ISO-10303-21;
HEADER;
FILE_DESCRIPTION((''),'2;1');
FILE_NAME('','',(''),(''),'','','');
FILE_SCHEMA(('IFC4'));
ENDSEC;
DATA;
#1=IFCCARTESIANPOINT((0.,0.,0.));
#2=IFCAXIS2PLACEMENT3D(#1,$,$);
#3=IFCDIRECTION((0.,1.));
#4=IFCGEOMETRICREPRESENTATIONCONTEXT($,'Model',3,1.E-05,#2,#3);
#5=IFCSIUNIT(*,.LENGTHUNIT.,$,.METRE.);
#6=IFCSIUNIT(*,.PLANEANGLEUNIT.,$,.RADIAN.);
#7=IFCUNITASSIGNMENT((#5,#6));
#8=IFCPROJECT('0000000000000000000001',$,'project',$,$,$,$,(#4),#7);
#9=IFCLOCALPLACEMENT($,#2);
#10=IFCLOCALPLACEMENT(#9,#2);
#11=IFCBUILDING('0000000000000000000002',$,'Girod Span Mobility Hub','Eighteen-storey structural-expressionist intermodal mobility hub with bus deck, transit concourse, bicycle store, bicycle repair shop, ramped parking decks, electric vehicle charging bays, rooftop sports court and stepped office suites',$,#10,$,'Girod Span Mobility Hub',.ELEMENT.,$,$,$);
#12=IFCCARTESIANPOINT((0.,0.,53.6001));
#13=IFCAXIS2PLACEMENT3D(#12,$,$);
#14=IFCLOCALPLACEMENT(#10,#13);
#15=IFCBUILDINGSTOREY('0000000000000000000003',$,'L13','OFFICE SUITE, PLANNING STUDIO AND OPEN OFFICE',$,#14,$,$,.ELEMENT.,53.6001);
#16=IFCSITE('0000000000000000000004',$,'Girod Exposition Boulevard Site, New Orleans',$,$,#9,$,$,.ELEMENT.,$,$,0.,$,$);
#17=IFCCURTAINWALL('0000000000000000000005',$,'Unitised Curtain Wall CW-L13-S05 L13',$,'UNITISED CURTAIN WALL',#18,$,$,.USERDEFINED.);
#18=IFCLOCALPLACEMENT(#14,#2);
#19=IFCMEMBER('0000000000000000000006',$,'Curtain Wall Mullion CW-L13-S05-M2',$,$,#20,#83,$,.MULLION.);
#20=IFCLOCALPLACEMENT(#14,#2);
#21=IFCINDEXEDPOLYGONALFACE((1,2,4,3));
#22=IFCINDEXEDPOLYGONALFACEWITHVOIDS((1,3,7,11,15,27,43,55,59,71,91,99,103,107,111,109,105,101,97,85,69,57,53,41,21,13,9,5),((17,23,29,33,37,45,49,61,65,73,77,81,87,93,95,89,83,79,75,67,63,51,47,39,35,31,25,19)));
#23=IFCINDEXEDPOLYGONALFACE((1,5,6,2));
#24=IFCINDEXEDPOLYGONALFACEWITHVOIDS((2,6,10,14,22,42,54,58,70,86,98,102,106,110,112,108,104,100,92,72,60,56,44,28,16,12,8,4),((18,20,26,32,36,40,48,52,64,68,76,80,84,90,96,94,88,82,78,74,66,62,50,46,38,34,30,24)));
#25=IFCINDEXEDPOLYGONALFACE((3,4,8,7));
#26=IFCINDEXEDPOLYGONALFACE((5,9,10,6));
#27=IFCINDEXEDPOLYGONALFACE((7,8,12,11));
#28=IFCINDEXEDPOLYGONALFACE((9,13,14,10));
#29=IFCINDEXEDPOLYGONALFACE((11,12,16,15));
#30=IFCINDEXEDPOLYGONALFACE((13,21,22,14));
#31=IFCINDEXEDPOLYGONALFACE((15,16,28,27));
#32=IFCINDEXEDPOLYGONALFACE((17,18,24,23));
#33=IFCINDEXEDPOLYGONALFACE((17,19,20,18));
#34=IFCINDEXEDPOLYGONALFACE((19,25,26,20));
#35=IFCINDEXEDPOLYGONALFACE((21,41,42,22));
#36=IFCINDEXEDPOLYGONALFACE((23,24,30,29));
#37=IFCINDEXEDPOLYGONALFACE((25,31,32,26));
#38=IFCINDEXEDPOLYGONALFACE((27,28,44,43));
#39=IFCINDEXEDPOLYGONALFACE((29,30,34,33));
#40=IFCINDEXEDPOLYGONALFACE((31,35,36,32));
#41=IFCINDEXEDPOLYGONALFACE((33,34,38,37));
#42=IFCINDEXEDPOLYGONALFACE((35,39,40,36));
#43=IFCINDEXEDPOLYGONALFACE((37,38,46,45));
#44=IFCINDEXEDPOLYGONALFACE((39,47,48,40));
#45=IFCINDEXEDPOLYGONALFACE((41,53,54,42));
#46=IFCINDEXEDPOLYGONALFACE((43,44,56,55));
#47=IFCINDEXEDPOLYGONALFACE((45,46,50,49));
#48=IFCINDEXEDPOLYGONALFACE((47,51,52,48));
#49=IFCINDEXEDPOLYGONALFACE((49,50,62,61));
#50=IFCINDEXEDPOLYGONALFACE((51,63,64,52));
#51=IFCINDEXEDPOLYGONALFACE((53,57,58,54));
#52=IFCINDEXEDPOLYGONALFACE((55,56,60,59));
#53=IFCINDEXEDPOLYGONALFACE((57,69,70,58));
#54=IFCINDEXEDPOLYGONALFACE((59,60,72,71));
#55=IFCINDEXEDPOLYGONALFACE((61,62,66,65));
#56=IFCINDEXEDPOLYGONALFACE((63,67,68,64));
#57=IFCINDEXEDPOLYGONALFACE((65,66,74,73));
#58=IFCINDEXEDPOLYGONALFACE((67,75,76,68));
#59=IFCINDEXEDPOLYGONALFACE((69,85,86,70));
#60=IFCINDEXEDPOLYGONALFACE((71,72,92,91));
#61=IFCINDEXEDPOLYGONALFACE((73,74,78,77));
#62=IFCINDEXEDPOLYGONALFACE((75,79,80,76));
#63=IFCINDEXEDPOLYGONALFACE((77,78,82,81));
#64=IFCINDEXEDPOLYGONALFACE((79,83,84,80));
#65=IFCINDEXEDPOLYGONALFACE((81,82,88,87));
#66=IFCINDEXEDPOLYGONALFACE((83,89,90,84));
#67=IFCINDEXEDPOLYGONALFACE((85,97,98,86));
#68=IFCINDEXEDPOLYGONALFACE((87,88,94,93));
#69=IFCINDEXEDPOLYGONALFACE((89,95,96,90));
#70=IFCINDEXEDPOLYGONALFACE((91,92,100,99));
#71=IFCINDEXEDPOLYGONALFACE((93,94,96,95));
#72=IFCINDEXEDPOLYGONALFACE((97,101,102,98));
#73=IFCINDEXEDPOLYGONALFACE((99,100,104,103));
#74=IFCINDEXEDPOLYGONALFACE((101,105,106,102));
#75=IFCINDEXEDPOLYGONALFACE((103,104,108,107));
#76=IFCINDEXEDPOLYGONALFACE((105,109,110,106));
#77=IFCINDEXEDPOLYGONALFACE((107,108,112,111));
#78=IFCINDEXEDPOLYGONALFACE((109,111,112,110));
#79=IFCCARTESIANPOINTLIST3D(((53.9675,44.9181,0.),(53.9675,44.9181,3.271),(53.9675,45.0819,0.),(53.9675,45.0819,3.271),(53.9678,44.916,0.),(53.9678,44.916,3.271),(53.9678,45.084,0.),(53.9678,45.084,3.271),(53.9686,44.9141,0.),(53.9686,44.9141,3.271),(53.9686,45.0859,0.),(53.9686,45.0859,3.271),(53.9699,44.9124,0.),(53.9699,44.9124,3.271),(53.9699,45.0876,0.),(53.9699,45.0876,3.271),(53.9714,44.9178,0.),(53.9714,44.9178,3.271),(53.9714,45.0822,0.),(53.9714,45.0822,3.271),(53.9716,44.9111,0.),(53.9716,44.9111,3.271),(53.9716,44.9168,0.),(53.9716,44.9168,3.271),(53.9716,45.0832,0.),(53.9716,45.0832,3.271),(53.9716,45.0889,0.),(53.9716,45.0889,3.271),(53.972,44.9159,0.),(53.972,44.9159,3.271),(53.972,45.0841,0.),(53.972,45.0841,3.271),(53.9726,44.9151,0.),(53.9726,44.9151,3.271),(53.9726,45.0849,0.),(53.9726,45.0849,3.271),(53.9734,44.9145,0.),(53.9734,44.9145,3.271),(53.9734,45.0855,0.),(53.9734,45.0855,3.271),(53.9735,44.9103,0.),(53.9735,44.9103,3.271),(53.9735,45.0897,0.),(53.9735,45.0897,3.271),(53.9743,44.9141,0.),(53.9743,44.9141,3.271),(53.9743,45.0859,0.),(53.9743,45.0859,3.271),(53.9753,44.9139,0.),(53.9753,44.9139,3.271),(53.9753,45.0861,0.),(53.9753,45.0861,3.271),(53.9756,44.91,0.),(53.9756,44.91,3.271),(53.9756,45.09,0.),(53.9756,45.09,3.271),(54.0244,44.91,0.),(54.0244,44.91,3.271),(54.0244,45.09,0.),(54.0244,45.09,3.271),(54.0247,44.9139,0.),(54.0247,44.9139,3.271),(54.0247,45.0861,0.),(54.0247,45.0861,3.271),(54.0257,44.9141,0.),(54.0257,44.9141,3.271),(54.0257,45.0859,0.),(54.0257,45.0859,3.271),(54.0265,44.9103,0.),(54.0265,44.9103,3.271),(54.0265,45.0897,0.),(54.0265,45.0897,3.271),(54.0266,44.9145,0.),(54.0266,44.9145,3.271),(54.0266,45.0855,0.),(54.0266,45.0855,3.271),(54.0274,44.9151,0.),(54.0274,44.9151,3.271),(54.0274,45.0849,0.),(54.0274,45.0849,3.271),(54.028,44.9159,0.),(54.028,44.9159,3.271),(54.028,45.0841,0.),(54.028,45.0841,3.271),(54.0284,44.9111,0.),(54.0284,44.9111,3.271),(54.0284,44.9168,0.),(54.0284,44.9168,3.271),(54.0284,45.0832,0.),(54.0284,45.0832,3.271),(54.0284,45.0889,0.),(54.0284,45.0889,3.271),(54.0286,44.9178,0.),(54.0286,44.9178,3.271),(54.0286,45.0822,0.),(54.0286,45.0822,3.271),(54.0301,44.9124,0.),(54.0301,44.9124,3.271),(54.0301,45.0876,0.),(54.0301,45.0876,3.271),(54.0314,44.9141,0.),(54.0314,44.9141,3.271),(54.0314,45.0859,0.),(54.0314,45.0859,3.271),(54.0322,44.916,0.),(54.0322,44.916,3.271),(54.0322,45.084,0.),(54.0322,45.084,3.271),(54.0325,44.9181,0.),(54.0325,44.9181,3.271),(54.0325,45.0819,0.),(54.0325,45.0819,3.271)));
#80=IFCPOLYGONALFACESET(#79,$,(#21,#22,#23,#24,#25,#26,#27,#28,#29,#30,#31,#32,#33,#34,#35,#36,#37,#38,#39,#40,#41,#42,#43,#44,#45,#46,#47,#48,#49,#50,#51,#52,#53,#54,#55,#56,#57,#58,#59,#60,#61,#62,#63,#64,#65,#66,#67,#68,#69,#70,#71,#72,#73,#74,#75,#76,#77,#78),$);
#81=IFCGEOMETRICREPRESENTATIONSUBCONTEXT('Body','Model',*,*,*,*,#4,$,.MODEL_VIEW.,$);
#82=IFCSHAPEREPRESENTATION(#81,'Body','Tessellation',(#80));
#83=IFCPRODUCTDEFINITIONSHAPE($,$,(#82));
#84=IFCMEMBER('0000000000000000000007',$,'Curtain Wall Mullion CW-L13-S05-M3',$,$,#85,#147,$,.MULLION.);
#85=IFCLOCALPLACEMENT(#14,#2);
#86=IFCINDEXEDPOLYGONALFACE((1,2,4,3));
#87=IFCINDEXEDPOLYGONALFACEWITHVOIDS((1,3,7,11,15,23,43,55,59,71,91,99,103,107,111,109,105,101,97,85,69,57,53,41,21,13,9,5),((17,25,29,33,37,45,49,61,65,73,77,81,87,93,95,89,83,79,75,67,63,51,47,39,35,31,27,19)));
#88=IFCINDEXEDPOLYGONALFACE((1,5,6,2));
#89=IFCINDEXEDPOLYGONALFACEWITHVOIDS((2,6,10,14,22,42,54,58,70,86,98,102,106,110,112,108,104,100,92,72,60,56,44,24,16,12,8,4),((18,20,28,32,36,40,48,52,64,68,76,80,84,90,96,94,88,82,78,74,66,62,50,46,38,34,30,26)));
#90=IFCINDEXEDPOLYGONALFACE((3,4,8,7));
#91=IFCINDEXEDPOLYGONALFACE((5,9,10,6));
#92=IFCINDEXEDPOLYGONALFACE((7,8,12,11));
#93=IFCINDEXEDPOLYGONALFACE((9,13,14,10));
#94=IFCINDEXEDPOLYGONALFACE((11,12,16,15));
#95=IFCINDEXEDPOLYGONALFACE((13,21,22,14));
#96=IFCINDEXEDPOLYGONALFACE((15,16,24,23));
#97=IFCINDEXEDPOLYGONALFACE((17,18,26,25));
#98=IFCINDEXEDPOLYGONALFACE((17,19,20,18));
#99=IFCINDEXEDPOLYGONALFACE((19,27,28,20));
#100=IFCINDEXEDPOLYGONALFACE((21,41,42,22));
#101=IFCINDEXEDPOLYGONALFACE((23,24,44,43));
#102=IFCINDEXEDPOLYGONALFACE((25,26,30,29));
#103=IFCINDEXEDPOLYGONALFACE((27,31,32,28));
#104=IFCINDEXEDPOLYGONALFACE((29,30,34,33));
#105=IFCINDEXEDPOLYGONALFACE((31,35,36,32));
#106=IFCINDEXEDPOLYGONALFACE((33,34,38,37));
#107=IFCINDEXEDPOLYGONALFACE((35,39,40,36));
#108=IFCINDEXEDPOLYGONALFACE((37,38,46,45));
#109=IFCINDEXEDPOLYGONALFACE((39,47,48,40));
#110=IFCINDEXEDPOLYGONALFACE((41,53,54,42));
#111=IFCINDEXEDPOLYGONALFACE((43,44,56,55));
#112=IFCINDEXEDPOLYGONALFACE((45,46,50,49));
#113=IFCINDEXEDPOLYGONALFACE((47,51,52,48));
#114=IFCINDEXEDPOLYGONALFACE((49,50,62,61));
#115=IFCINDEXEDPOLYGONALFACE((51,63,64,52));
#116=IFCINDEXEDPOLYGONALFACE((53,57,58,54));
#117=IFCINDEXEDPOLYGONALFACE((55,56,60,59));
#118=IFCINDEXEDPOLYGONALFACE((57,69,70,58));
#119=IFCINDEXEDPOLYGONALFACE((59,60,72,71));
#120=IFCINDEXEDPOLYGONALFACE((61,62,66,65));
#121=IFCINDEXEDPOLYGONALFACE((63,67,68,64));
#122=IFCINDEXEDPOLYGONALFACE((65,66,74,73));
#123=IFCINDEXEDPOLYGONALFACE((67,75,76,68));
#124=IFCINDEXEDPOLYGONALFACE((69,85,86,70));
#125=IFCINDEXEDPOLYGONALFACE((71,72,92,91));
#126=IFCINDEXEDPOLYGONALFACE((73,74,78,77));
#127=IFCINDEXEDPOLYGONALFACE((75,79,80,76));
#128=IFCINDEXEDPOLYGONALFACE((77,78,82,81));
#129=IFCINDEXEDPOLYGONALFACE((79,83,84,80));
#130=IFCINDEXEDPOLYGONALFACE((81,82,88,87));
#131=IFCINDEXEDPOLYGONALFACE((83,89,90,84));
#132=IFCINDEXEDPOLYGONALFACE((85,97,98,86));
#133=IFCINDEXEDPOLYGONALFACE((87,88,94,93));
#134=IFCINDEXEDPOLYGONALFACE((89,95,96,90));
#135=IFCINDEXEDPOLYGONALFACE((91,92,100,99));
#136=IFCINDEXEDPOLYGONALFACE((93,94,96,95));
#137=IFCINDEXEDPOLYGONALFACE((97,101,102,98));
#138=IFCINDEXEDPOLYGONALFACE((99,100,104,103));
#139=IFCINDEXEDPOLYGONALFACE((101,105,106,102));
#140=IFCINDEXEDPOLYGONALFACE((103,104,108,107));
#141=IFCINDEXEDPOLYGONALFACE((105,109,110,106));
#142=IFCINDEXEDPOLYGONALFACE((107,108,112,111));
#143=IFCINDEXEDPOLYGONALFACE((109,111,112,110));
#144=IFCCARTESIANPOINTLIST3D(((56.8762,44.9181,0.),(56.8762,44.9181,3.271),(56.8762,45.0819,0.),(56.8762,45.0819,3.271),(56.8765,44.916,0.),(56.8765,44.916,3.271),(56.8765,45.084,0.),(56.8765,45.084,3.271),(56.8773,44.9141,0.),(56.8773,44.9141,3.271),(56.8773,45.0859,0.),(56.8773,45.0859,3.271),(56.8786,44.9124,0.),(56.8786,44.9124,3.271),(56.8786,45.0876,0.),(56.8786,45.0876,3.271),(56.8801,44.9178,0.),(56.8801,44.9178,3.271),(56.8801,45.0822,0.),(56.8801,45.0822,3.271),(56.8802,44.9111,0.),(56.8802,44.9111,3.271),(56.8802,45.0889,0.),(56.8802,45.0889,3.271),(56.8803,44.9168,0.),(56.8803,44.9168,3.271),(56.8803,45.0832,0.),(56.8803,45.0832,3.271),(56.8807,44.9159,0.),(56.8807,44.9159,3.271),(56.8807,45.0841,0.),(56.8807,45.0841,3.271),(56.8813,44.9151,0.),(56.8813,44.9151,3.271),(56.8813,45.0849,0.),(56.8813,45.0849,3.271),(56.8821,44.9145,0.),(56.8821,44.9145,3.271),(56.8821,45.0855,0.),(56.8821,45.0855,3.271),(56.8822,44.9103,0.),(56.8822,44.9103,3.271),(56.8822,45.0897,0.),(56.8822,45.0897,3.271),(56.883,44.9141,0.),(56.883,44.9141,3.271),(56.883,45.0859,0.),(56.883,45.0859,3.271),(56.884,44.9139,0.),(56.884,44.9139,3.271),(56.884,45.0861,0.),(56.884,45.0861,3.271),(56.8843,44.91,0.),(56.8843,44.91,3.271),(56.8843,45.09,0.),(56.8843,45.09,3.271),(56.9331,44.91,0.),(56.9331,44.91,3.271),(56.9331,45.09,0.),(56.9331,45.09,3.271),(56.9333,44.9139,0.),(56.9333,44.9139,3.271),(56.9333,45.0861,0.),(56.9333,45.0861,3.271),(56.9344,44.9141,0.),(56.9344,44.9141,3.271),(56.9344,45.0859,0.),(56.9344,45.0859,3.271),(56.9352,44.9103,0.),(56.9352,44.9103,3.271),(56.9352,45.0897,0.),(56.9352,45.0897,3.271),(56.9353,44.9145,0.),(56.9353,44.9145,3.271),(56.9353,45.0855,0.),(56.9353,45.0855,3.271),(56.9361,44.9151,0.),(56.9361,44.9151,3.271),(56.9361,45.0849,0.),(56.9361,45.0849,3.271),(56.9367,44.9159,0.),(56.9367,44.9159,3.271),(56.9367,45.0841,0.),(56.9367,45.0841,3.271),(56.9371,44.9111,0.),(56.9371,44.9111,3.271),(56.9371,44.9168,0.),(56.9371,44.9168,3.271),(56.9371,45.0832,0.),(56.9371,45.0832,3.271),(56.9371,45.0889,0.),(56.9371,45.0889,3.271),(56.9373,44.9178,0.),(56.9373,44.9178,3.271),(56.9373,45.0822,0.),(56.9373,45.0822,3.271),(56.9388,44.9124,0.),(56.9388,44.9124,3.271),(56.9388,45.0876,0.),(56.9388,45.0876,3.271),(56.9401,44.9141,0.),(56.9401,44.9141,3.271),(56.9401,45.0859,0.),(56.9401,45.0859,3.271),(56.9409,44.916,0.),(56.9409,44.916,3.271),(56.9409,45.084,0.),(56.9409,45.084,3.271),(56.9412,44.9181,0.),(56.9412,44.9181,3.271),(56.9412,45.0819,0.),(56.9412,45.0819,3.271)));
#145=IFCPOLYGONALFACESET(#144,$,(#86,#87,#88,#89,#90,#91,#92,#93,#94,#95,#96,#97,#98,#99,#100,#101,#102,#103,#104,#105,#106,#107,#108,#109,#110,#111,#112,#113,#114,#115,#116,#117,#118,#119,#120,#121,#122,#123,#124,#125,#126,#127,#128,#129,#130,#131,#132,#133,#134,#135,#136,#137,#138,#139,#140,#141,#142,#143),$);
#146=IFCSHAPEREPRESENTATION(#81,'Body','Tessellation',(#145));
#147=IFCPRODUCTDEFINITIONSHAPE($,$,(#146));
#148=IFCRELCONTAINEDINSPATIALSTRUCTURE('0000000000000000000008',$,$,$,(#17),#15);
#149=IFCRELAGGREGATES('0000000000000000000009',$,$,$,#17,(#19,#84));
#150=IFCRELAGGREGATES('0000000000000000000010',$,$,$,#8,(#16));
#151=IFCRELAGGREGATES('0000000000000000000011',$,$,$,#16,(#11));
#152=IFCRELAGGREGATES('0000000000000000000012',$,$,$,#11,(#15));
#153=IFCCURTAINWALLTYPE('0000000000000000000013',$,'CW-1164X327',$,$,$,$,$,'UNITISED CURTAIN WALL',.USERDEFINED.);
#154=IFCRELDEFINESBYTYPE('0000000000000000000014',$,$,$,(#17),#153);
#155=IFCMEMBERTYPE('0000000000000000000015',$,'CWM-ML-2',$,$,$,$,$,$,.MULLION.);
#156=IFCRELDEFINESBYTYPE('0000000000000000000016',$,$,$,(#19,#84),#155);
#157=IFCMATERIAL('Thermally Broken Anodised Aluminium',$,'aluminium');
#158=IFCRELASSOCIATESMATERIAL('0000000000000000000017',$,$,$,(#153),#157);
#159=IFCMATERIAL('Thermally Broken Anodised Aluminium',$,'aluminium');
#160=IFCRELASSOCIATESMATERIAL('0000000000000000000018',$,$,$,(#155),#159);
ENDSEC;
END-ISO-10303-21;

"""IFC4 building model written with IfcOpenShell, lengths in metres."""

from ifc_helpers import new_model, si_unit, direction, frame, origin, origin_2d, place, context, subcontext, project, spatial, hollow_rectangle, extrude, material, material_profile, profile_set, type_object, element, aggregate, save


model = new_model("IFC4")

# Units and contexts
model_context = context("Model", 3, precision=1e-05, world=origin(), true_north=direction((0.0, 1.0)))
body_context = subcontext(model_context, "Body", "Model", "MODEL_VIEW")
ifc_project = project(units=[si_unit("LENGTHUNIT", "METRE"), si_unit("PLANEANGLEUNIT", "RADIAN")], contexts=[model_context])

# Site, building, storey
site_placement = place(None, origin())
site = spatial("IfcSite", under=ifc_project, at=site_placement, Name="Girod Exposition Boulevard Site, New Orleans", CompositionType="ELEMENT", RefElevation=0.0)
building_placement = place(site_placement, origin())
building = spatial("IfcBuilding", under=site, at=building_placement, Name="Girod Span Mobility Hub", Description="Eighteen-storey structural-expressionist intermodal mobility hub with bus deck, transit concourse, bicycle store, bicycle repair shop, ramped parking decks, electric vehicle charging bays, rooftop sports court and stepped office suites", LongName="Girod Span Mobility Hub", CompositionType="ELEMENT")
storey_placement = place(building_placement, frame((0.0, 0.0, 53.6001)))
storey = spatial("IfcBuildingStorey", under=building, at=storey_placement, Name="L13", Description="OFFICE SUITE, PLANNING STUDIO AND OPEN OFFICE", CompositionType="ELEMENT", Elevation=53.6001)

# Curtain wall, members
ifc_material_1 = material(Name="Thermally Broken Anodised Aluminium", Category="aluminium")
curtain_wall_type = type_object("IfcCurtainWallType", Name="CW-1164X327", ElementType="UNITISED CURTAIN WALL", PredefinedType="USERDEFINED", material=ifc_material_1)
curtain_wall_1_placement = place(storey_placement, origin())
curtain_wall_1 = element("IfcCurtainWall", 1, at=curtain_wall_1_placement, inside=storey, type_object=curtain_wall_type, Name="Unitised Curtain Wall CW-L13-S05 L13", ObjectType="UNITISED CURTAIN WALL", PredefinedType="USERDEFINED")
ifc_material_2 = material(Name="Thermally Broken Anodised Aluminium", Category="aluminium")
ifc_material_profile_1 = material_profile(ifc_material_2, hollow_rectangle(XDim=0.1799, YDim=0.0649, WallThickness=0.0039, InnerFilletRadius=0.0039, OuterFilletRadius=0.0081, at=origin_2d()), Name="CW-ML-65X180")
ifc_profile_set_1 = profile_set([ifc_material_profile_1], Name="Thermally Broken Anodised Aluminium")
member_type_1 = type_object("IfcMemberType", Name="CWM-ML-2", PredefinedType="MULLION", material=ifc_profile_set_1)
member_1_placement = place(storey_placement, frame((54.0, 45.0, 0.0), z_axis=(0.0, 0.0, 1.0), x_axis=(0.0, 1.0, 0.0)))
member_1 = element("IfcMember", 2, at=member_1_placement, type_object=member_type_1, Name="Curtain Wall Mullion CW-L13-S05-M2", PredefinedType="MULLION", context=body_context, shape_type="SweptSolid", body=[
    extrude(hollow_rectangle(XDim=0.1799, YDim=0.0649, WallThickness=0.0039, InnerFilletRadius=0.0039, OuterFilletRadius=0.0081, at=origin_2d()), origin(), (0.0, 0.0, 1.0), 3.271),
])
member_2_placement = place(storey_placement, frame((56.9087, 45.0, 0.0), z_axis=(0.0, 0.0, 1.0), x_axis=(0.0, 1.0, 0.0)))
member_2 = element("IfcMember", 3, at=member_2_placement, type_object=member_type_1, Name="Curtain Wall Mullion CW-L13-S05-M3", PredefinedType="MULLION", context=body_context, shape_type="SweptSolid", body=[
    extrude(hollow_rectangle(XDim=0.1799, YDim=0.0649, WallThickness=0.0039, InnerFilletRadius=0.0039, OuterFilletRadius=0.0081, at=origin_2d()), origin(), (0.0, 0.0, 1.0), 3.271),
])

aggregate(curtain_wall_1, [member_1, member_2])

save(model, "model.ifc")
